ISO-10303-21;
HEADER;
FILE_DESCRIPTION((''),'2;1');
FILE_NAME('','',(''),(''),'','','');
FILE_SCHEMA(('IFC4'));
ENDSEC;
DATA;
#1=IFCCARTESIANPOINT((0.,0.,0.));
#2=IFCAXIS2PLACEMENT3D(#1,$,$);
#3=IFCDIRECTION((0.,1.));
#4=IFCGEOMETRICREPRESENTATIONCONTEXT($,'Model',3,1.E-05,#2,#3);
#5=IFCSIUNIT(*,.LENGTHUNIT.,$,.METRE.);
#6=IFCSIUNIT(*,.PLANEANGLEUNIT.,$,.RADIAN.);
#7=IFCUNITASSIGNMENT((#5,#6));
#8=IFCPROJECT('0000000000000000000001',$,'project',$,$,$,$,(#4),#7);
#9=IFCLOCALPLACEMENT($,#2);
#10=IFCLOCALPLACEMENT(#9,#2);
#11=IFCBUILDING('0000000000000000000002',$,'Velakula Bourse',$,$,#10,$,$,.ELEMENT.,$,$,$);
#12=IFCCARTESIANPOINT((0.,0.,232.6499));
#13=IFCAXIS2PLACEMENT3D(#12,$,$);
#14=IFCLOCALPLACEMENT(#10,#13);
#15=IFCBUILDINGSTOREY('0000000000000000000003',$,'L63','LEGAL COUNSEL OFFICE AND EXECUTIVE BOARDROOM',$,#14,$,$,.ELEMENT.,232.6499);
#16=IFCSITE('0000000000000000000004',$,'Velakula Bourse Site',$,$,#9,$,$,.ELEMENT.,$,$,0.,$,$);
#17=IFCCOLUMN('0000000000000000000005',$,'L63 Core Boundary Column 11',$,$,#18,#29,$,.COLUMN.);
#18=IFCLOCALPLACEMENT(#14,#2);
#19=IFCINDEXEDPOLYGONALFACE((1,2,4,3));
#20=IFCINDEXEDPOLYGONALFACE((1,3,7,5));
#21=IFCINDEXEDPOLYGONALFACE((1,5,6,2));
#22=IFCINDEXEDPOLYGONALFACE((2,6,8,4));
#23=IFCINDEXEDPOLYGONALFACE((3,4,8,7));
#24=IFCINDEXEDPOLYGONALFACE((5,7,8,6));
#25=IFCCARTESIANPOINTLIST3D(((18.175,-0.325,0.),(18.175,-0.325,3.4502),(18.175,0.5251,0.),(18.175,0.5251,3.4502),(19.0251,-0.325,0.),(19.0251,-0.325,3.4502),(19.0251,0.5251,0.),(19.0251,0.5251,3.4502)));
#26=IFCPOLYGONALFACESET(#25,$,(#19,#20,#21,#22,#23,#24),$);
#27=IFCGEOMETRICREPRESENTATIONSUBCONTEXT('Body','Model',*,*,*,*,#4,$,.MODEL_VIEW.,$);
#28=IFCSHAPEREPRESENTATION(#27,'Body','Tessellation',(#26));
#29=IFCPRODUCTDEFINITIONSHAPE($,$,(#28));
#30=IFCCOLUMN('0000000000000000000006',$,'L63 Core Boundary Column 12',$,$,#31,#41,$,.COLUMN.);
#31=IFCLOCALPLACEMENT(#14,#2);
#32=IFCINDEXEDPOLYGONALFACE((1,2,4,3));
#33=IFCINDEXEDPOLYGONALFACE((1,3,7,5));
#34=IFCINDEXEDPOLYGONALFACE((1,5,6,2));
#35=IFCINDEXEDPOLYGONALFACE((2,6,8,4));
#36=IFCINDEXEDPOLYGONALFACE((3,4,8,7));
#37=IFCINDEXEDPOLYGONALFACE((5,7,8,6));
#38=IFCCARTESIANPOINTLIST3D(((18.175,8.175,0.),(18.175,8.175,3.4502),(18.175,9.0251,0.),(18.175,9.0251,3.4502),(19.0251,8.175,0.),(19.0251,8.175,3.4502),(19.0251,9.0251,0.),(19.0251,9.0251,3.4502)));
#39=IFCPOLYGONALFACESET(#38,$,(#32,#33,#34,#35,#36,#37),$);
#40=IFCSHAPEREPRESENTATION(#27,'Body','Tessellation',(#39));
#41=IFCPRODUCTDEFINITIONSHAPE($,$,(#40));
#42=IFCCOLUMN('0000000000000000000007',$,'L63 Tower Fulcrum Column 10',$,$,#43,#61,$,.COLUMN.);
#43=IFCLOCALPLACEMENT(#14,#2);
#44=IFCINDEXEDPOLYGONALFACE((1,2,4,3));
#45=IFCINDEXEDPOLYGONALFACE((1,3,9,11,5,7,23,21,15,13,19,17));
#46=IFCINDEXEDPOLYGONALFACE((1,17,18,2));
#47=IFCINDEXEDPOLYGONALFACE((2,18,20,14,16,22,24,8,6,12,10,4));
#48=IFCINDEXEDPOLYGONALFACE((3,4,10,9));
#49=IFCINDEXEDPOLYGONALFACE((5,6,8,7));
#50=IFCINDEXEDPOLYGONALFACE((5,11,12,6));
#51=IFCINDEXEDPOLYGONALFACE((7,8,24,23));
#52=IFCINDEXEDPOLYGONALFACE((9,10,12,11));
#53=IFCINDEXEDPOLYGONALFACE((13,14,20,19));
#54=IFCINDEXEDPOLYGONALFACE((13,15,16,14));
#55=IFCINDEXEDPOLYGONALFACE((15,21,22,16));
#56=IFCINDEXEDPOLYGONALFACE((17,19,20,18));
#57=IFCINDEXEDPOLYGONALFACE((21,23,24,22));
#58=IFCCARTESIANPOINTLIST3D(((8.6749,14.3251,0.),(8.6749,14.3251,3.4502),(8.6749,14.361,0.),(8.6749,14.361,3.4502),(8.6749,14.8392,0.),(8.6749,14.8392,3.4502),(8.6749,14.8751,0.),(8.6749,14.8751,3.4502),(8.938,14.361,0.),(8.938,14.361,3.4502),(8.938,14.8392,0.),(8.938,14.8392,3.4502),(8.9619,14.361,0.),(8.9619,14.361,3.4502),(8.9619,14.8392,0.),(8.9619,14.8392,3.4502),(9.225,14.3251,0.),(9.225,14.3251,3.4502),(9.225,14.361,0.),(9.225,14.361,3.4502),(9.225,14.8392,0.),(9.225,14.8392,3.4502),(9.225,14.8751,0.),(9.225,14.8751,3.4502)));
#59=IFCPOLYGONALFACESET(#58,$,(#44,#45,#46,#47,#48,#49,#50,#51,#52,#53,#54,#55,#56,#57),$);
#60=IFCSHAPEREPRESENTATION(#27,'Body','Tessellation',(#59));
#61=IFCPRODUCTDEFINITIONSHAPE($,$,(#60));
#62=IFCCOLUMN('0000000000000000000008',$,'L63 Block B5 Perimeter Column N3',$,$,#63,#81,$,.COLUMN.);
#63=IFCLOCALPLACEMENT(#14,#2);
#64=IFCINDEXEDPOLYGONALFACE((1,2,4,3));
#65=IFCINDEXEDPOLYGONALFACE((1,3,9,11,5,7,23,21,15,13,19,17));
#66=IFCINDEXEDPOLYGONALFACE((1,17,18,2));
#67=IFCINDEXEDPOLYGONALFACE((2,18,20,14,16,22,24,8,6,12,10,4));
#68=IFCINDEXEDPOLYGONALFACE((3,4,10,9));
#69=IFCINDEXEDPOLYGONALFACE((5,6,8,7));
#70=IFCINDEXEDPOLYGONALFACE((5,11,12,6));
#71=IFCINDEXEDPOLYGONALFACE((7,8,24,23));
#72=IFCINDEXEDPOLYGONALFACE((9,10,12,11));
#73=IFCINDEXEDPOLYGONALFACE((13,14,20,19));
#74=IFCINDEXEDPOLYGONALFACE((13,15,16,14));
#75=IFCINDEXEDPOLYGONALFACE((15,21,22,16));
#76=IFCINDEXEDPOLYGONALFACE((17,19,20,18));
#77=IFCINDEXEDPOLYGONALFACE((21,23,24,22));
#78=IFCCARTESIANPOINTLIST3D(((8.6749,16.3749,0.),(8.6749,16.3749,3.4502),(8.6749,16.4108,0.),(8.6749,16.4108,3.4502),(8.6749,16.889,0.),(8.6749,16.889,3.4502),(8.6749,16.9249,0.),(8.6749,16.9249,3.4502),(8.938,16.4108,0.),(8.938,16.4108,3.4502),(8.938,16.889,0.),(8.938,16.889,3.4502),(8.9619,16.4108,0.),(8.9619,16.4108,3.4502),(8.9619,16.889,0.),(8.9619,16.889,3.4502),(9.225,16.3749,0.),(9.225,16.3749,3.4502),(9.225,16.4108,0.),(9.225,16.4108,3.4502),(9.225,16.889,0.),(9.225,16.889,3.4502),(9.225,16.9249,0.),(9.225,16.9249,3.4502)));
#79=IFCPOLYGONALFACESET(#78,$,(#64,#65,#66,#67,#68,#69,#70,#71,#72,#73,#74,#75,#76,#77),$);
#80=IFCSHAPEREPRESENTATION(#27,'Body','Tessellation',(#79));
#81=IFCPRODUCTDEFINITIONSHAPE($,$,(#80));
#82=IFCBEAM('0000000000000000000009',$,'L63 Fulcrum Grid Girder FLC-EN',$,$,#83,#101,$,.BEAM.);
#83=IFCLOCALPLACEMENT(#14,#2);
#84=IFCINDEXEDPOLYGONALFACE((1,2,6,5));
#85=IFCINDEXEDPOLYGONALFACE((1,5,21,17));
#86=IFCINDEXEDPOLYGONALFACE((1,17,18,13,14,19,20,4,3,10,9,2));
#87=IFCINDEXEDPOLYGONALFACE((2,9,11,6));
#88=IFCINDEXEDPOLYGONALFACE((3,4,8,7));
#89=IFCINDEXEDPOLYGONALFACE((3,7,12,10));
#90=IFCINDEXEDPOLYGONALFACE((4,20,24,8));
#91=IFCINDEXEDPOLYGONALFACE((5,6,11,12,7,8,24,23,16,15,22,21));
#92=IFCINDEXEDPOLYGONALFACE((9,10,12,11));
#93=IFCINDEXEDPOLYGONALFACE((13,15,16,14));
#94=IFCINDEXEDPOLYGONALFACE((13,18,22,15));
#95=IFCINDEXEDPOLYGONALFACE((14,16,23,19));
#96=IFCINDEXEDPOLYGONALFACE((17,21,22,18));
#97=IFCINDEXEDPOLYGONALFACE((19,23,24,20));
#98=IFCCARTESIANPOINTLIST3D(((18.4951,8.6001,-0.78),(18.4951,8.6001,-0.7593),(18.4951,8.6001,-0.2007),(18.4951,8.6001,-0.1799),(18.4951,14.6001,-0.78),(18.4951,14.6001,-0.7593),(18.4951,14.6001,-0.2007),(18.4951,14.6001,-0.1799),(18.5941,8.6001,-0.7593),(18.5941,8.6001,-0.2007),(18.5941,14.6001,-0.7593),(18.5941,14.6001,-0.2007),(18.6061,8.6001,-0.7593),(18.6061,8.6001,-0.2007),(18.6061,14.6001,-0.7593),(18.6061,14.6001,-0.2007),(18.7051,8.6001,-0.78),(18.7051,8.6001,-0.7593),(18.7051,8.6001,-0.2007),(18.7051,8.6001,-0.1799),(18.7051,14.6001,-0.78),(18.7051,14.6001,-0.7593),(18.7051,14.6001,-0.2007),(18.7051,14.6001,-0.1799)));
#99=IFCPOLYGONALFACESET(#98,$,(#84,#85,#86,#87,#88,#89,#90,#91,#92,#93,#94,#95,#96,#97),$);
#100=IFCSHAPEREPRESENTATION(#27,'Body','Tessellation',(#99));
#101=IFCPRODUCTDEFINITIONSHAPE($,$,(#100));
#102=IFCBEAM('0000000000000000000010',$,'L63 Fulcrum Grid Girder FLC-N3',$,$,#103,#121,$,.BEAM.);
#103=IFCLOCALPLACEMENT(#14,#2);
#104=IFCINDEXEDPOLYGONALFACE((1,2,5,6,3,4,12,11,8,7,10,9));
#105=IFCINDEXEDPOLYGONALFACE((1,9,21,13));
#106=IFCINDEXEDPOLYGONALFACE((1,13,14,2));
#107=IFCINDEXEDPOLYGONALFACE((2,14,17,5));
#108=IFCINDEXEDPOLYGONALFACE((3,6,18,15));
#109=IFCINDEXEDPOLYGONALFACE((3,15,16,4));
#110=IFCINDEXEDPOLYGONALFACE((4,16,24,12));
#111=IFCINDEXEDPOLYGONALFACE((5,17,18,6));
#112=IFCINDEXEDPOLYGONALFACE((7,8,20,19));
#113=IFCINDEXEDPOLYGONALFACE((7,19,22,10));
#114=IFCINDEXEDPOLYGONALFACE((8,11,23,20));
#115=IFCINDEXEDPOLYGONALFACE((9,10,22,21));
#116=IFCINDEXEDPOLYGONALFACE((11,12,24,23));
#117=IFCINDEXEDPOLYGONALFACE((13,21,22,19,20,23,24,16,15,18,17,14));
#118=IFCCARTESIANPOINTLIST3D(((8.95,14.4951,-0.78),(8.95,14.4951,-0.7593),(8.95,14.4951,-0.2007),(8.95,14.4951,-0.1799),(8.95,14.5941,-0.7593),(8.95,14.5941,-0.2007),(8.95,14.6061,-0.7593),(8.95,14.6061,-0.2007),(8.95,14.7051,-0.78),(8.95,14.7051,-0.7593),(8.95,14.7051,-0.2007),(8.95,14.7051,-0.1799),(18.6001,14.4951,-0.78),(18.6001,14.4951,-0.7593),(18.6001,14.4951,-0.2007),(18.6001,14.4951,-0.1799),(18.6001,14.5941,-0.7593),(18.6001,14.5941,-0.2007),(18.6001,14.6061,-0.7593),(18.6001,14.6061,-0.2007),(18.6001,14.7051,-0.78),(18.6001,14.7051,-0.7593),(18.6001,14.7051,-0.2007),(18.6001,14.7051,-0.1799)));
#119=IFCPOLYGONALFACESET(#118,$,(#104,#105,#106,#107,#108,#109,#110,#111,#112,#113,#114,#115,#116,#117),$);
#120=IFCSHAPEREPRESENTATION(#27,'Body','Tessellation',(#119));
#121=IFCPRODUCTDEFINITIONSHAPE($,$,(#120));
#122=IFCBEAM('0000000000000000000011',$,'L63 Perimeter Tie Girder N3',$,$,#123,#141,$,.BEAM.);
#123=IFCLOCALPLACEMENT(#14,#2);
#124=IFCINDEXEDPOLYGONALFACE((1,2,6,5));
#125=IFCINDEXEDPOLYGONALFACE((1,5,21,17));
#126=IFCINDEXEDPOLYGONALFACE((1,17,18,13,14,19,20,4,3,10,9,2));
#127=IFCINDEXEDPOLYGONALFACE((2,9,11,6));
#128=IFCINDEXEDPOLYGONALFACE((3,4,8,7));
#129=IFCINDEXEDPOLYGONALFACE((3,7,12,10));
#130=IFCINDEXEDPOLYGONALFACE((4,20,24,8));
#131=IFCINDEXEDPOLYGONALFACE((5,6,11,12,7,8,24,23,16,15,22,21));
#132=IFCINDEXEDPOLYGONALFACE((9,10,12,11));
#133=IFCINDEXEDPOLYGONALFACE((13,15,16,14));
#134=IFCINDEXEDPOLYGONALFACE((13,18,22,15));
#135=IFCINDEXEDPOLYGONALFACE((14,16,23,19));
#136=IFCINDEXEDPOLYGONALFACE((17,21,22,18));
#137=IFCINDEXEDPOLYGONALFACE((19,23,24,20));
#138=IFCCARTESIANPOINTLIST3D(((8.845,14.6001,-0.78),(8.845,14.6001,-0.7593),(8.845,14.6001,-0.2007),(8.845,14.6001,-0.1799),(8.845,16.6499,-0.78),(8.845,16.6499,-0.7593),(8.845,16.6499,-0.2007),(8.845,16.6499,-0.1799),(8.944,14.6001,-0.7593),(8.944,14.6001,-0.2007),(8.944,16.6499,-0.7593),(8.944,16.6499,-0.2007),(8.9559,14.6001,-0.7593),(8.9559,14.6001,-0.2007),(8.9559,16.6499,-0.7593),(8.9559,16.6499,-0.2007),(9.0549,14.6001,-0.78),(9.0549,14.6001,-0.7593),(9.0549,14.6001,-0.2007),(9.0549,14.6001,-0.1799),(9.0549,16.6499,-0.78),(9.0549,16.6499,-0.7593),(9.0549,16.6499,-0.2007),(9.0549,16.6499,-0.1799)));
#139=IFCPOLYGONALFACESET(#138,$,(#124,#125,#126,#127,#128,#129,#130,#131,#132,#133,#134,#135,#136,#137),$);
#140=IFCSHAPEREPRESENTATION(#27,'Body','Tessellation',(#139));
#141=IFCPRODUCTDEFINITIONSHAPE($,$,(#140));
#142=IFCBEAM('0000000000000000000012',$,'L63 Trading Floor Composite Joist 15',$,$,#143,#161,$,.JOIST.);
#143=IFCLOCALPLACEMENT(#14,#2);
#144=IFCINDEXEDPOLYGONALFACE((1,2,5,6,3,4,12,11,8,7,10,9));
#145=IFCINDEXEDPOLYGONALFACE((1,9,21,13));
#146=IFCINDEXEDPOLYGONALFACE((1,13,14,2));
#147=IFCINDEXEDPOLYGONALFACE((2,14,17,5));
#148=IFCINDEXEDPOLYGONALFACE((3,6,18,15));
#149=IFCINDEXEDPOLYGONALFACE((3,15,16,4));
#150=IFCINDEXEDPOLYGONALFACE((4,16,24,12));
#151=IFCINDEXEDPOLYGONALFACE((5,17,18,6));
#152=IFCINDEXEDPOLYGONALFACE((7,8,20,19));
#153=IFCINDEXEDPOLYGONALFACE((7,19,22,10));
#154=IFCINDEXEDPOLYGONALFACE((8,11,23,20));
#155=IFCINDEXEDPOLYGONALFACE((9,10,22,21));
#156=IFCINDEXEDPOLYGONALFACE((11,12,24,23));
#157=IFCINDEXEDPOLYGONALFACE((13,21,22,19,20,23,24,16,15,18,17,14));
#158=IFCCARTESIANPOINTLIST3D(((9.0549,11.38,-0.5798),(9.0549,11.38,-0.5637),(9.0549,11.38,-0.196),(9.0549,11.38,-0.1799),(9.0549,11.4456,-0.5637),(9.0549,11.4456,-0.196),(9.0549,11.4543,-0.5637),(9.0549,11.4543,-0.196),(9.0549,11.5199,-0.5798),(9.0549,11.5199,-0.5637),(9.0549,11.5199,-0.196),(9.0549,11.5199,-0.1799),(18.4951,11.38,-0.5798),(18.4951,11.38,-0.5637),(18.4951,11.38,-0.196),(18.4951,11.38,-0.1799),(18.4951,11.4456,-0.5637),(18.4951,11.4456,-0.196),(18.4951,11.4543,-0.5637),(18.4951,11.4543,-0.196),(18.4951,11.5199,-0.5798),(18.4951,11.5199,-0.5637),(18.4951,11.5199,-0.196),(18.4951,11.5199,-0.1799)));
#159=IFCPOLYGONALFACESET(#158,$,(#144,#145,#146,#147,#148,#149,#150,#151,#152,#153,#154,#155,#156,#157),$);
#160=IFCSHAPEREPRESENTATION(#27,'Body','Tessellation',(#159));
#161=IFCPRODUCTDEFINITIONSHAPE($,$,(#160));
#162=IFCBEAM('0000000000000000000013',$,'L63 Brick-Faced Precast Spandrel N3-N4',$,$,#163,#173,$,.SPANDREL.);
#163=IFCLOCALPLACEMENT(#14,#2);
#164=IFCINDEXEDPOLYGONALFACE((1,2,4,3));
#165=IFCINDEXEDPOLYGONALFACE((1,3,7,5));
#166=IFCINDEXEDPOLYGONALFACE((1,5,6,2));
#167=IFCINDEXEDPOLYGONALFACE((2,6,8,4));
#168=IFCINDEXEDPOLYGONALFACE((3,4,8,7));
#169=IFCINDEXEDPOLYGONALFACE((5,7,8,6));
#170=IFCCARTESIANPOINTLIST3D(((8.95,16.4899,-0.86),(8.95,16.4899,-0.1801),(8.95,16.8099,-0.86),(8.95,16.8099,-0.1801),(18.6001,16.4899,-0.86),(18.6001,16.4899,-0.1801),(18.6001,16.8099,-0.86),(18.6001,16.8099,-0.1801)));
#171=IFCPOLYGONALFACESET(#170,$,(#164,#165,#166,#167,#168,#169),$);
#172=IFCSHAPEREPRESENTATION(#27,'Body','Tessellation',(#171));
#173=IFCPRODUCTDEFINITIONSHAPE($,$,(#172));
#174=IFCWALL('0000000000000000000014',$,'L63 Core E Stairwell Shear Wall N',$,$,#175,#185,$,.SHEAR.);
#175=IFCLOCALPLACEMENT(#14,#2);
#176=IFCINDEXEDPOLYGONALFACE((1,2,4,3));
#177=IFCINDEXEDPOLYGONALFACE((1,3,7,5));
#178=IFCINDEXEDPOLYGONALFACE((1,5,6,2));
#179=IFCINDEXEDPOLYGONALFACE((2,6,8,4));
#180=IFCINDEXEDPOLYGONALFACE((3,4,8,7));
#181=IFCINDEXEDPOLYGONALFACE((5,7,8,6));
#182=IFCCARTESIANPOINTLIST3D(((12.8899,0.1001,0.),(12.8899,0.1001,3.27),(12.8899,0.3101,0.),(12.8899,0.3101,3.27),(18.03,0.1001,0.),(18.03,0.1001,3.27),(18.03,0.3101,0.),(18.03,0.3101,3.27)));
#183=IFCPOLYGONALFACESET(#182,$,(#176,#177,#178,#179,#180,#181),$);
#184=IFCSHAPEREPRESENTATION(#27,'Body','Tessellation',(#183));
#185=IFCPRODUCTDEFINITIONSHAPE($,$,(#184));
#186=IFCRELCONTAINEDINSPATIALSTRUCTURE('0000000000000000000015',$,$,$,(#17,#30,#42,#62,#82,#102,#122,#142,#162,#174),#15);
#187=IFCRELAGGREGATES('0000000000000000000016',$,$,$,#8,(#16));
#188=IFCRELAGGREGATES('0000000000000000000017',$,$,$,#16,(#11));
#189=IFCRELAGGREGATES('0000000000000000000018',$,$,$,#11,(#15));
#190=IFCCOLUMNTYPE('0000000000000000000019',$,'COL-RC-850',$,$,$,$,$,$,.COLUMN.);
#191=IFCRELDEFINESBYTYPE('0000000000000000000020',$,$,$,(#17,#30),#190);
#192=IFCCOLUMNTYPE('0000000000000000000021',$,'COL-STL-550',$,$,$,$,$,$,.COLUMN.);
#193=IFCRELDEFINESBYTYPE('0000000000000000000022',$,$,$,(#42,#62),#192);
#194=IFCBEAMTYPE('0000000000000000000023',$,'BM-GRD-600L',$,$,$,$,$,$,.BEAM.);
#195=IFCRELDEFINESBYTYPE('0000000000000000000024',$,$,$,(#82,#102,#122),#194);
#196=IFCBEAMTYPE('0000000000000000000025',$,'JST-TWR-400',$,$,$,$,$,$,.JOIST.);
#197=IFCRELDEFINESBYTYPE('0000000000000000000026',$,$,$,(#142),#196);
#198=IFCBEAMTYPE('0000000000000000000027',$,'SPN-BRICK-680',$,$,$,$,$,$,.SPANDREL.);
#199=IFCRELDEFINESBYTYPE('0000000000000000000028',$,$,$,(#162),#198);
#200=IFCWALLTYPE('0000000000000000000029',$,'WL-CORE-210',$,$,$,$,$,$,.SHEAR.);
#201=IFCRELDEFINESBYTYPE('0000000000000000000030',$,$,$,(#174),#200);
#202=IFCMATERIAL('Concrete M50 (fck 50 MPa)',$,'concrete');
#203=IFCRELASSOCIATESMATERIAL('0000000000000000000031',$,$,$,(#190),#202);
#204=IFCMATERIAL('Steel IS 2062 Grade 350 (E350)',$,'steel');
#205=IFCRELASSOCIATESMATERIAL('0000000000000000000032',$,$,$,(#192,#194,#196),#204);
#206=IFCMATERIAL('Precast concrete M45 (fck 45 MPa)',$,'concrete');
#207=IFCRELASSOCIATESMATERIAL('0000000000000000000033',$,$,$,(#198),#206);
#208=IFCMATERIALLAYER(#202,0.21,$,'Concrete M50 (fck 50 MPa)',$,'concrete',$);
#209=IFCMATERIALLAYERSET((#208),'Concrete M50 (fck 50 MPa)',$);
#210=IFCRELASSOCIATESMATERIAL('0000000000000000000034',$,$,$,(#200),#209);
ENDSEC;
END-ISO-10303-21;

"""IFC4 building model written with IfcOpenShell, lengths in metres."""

from ifc_helpers import new_model, si_unit, direction, frame, frame_2d, origin, origin_2d, place, context, subcontext, project, spatial, rectangle, i_section, extrude, material, layer, layer_set, material_profile, profile_set, type_object, element, save


model = new_model("IFC4")

# Units and contexts
model_context = context("Model", 3, precision=1e-05, world=origin(), true_north=direction((0.0, 1.0)))
body_context = subcontext(model_context, "Body", "Model", "MODEL_VIEW")
ifc_project = project(units=[si_unit("LENGTHUNIT", "METRE"), si_unit("PLANEANGLEUNIT", "RADIAN")], contexts=[model_context])

# Site, building, storey
site_placement = place(None, origin())
site = spatial("IfcSite", under=ifc_project, at=site_placement, Name="Velakula Bourse Site", CompositionType="ELEMENT", RefElevation=0.0)
building_placement = place(site_placement, origin())
building = spatial("IfcBuilding", under=site, at=building_placement, Name="Velakula Bourse", CompositionType="ELEMENT")
storey_placement = place(building_placement, frame((0.0, 0.0, 232.6499)))
storey = spatial("IfcBuildingStorey", under=building, at=storey_placement, Name="L63", Description="LEGAL COUNSEL OFFICE AND EXECUTIVE BOARDROOM", CompositionType="ELEMENT", Elevation=232.6499)

# Columns
ifc_material_1 = material(Name="Concrete M50 (fck 50 MPa)", Category="concrete")
ifc_material_profile_1 = material_profile(ifc_material_1, rectangle(XDim=0.8501, YDim=0.8501, at=origin_2d()), Name="Concrete M50 (fck 50 MPa)")
ifc_profile_set_1 = profile_set([ifc_material_profile_1], Name="Concrete M50 (fck 50 MPa)")
column_type_1 = type_object("IfcColumnType", Name="COL-RC-850", PredefinedType="COLUMN", material=ifc_profile_set_1)
for number, where, z_axis, x_axis, name in (
    (1, (18.6001, 0.1001, 0.0), (0.0, 0.0, 1.0), (1.0, 0.0, 0.0), "L63 Core Boundary Column 11"),
    (2, (18.6001, 8.6001, 0.0), (0.0, 0.0, 1.0), (1.0, 0.0, 0.0), "L63 Core Boundary Column 12"),
):
    element("IfcColumn", number, at=place(storey_placement, frame(where, z_axis=z_axis, x_axis=x_axis)), inside=storey, type_object=column_type_1, Name=name, PredefinedType="COLUMN", context=body_context, shape_type="SweptSolid", body=[
        extrude(rectangle(XDim=0.8501, YDim=0.8501, at=origin_2d()), origin(), (0.0, 0.0, 1.0), 3.4502),
    ])
ifc_material_2 = material(Name="Steel IS 2062 Grade 350 (E350)", Category="steel")
ifc_material_profile_2 = material_profile(ifc_material_2, i_section(OverallWidth=0.55, OverallDepth=0.55, WebThickness=0.0239, FlangeThickness=0.0359, at=origin_2d()), Name="Steel IS 2062 Grade 350 (E350)")
ifc_profile_set_2 = profile_set([ifc_material_profile_2], Name="Steel IS 2062 Grade 350 (E350)")
column_type_2 = type_object("IfcColumnType", Name="COL-STL-550", PredefinedType="COLUMN", material=ifc_profile_set_2)
for number, where, z_axis, x_axis, name in (
    (3, (8.95, 14.6001, 0.0), (0.0, 0.0, 1.0), (1.0, 0.0, 0.0), "L63 Tower Fulcrum Column 10"),
    (4, (8.95, 16.6499, 0.0), (0.0, 0.0, 1.0), (1.0, 0.0, 0.0), "L63 Block B5 Perimeter Column N3"),
):
    element("IfcColumn", number, at=place(storey_placement, frame(where, z_axis=z_axis, x_axis=x_axis)), inside=storey, type_object=column_type_2, Name=name, PredefinedType="COLUMN", context=body_context, shape_type="SweptSolid", body=[
        extrude(i_section(OverallWidth=0.55, OverallDepth=0.55, WebThickness=0.0239, FlangeThickness=0.0359, at=origin_2d()), origin(), (0.0, 0.0, 1.0), 3.4502),
    ])

# Beams
ifc_material_profile_3 = material_profile(ifc_material_2, i_section(OverallWidth=0.21, OverallDepth=0.6001, WebThickness=0.012, FlangeThickness=0.0208, at=origin_2d()), Name="Steel IS 2062 Grade 350 (E350)")
ifc_profile_set_3 = profile_set([ifc_material_profile_3], Name="Steel IS 2062 Grade 350 (E350)")
beam_type_1 = type_object("IfcBeamType", Name="BM-GRD-600L", PredefinedType="BEAM", material=ifc_profile_set_3)
beam_1_placement = place(storey_placement, frame((18.6001, 8.6001, -0.48), z_axis=(0.0, 1.0, 0.0), x_axis=(-1.0, 0.0, 0.0)))
element("IfcBeam", 5, at=beam_1_placement, inside=storey, type_object=beam_type_1, Name="L63 Fulcrum Grid Girder FLC-EN", PredefinedType="BEAM", context=body_context, shape_type="SweptSolid", body=[
    extrude(i_section(OverallWidth=0.21, OverallDepth=0.6001, WebThickness=0.012, FlangeThickness=0.0208, at=origin_2d()), origin(), (0.0, 0.0, 1.0), 6.0),
])
beam_2_placement = place(storey_placement, frame((8.95, 14.6001, -0.48), z_axis=(1.0, 0.0, 0.0), x_axis=(0.0, 1.0, 0.0)))
element("IfcBeam", 6, at=beam_2_placement, inside=storey, type_object=beam_type_1, Name="L63 Fulcrum Grid Girder FLC-N3", PredefinedType="BEAM", context=body_context, shape_type="SweptSolid", body=[
    extrude(i_section(OverallWidth=0.21, OverallDepth=0.6001, WebThickness=0.012, FlangeThickness=0.0208, at=origin_2d()), origin(), (0.0, 0.0, 1.0), 9.6501),
])
beam_3_placement = place(storey_placement, frame((8.95, 14.6001, -0.48), z_axis=(0.0, 1.0, 0.0), x_axis=(-1.0, 0.0, 0.0)))
element("IfcBeam", 7, at=beam_3_placement, inside=storey, type_object=beam_type_1, Name="L63 Perimeter Tie Girder N3", PredefinedType="BEAM", context=body_context, shape_type="SweptSolid", body=[
    extrude(i_section(OverallWidth=0.21, OverallDepth=0.6001, WebThickness=0.012, FlangeThickness=0.0208, at=origin_2d()), origin(), (0.0, 0.0, 1.0), 2.0498),
])
ifc_material_profile_4 = material_profile(ifc_material_2, i_section(OverallWidth=0.1399, OverallDepth=0.3999, WebThickness=0.0088, FlangeThickness=0.0161, at=origin_2d()), Name="Steel IS 2062 Grade 350 (E350)")
ifc_profile_set_4 = profile_set([ifc_material_profile_4], Name="Steel IS 2062 Grade 350 (E350)")
beam_type_2 = type_object("IfcBeamType", Name="JST-TWR-400", PredefinedType="JOIST", material=ifc_profile_set_4)
beam_4_placement = place(storey_placement, frame((9.0549, 11.45, -0.3799), z_axis=(1.0, 0.0, 0.0), x_axis=(0.0, 1.0, 0.0)))
element("IfcBeam", 8, at=beam_4_placement, inside=storey, type_object=beam_type_2, Name="L63 Trading Floor Composite Joist 15", PredefinedType="JOIST", context=body_context, shape_type="SweptSolid", body=[
    extrude(i_section(OverallWidth=0.1399, OverallDepth=0.3999, WebThickness=0.0088, FlangeThickness=0.0161, at=origin_2d()), origin(), (0.0, 0.0, 1.0), 9.4402),
])
ifc_material_3 = material(Name="Precast concrete M45 (fck 45 MPa)", Category="concrete")
ifc_material_profile_5 = material_profile(ifc_material_3, rectangle(XDim=0.3201, YDim=0.6799, at=origin_2d()), Name="Precast concrete M45 (fck 45 MPa)")
ifc_profile_set_5 = profile_set([ifc_material_profile_5], Name="Precast concrete M45 (fck 45 MPa)")
beam_type_3 = type_object("IfcBeamType", Name="SPN-BRICK-680", PredefinedType="SPANDREL", material=ifc_profile_set_5)
beam_5_placement = place(storey_placement, frame((8.95, 16.6499, -0.52), z_axis=(1.0, 0.0, 0.0), x_axis=(0.0, 1.0, 0.0)))
element("IfcBeam", 9, at=beam_5_placement, inside=storey, type_object=beam_type_3, Name="L63 Brick-Faced Precast Spandrel N3-N4", PredefinedType="SPANDREL", context=body_context, shape_type="SweptSolid", body=[
    extrude(rectangle(XDim=0.3201, YDim=0.6799, at=origin_2d()), origin(), (0.0, 0.0, 1.0), 9.6501),
])

# Wall
ifc_layer_1 = layer(ifc_material_1, 0.21, Name="Concrete M50 (fck 50 MPa)", Category="concrete")
ifc_layer_set_1 = layer_set([ifc_layer_1], Name="Concrete M50 (fck 50 MPa)")
wall_type_1 = type_object("IfcWallType", Name="WL-CORE-210", PredefinedType="SHEAR", material=ifc_layer_set_1)
wall_1_placement = place(storey_placement, frame((18.03, 0.2051, 0.0), z_axis=(0.0, 0.0, 1.0), x_axis=(-1.0, 0.0, 0.0)))
element("IfcWall", 10, at=wall_1_placement, inside=storey, type_object=wall_type_1, Name="L63 Core E Stairwell Shear Wall N", PredefinedType="SHEAR", context=body_context, shape_type="SweptSolid", body=[
    extrude(rectangle(XDim=5.1401, YDim=0.21, at=frame_2d((2.5701, 0.0))), origin(), (0.0, 0.0, 1.0), 3.27),
])

save(model, "model.ifc")
